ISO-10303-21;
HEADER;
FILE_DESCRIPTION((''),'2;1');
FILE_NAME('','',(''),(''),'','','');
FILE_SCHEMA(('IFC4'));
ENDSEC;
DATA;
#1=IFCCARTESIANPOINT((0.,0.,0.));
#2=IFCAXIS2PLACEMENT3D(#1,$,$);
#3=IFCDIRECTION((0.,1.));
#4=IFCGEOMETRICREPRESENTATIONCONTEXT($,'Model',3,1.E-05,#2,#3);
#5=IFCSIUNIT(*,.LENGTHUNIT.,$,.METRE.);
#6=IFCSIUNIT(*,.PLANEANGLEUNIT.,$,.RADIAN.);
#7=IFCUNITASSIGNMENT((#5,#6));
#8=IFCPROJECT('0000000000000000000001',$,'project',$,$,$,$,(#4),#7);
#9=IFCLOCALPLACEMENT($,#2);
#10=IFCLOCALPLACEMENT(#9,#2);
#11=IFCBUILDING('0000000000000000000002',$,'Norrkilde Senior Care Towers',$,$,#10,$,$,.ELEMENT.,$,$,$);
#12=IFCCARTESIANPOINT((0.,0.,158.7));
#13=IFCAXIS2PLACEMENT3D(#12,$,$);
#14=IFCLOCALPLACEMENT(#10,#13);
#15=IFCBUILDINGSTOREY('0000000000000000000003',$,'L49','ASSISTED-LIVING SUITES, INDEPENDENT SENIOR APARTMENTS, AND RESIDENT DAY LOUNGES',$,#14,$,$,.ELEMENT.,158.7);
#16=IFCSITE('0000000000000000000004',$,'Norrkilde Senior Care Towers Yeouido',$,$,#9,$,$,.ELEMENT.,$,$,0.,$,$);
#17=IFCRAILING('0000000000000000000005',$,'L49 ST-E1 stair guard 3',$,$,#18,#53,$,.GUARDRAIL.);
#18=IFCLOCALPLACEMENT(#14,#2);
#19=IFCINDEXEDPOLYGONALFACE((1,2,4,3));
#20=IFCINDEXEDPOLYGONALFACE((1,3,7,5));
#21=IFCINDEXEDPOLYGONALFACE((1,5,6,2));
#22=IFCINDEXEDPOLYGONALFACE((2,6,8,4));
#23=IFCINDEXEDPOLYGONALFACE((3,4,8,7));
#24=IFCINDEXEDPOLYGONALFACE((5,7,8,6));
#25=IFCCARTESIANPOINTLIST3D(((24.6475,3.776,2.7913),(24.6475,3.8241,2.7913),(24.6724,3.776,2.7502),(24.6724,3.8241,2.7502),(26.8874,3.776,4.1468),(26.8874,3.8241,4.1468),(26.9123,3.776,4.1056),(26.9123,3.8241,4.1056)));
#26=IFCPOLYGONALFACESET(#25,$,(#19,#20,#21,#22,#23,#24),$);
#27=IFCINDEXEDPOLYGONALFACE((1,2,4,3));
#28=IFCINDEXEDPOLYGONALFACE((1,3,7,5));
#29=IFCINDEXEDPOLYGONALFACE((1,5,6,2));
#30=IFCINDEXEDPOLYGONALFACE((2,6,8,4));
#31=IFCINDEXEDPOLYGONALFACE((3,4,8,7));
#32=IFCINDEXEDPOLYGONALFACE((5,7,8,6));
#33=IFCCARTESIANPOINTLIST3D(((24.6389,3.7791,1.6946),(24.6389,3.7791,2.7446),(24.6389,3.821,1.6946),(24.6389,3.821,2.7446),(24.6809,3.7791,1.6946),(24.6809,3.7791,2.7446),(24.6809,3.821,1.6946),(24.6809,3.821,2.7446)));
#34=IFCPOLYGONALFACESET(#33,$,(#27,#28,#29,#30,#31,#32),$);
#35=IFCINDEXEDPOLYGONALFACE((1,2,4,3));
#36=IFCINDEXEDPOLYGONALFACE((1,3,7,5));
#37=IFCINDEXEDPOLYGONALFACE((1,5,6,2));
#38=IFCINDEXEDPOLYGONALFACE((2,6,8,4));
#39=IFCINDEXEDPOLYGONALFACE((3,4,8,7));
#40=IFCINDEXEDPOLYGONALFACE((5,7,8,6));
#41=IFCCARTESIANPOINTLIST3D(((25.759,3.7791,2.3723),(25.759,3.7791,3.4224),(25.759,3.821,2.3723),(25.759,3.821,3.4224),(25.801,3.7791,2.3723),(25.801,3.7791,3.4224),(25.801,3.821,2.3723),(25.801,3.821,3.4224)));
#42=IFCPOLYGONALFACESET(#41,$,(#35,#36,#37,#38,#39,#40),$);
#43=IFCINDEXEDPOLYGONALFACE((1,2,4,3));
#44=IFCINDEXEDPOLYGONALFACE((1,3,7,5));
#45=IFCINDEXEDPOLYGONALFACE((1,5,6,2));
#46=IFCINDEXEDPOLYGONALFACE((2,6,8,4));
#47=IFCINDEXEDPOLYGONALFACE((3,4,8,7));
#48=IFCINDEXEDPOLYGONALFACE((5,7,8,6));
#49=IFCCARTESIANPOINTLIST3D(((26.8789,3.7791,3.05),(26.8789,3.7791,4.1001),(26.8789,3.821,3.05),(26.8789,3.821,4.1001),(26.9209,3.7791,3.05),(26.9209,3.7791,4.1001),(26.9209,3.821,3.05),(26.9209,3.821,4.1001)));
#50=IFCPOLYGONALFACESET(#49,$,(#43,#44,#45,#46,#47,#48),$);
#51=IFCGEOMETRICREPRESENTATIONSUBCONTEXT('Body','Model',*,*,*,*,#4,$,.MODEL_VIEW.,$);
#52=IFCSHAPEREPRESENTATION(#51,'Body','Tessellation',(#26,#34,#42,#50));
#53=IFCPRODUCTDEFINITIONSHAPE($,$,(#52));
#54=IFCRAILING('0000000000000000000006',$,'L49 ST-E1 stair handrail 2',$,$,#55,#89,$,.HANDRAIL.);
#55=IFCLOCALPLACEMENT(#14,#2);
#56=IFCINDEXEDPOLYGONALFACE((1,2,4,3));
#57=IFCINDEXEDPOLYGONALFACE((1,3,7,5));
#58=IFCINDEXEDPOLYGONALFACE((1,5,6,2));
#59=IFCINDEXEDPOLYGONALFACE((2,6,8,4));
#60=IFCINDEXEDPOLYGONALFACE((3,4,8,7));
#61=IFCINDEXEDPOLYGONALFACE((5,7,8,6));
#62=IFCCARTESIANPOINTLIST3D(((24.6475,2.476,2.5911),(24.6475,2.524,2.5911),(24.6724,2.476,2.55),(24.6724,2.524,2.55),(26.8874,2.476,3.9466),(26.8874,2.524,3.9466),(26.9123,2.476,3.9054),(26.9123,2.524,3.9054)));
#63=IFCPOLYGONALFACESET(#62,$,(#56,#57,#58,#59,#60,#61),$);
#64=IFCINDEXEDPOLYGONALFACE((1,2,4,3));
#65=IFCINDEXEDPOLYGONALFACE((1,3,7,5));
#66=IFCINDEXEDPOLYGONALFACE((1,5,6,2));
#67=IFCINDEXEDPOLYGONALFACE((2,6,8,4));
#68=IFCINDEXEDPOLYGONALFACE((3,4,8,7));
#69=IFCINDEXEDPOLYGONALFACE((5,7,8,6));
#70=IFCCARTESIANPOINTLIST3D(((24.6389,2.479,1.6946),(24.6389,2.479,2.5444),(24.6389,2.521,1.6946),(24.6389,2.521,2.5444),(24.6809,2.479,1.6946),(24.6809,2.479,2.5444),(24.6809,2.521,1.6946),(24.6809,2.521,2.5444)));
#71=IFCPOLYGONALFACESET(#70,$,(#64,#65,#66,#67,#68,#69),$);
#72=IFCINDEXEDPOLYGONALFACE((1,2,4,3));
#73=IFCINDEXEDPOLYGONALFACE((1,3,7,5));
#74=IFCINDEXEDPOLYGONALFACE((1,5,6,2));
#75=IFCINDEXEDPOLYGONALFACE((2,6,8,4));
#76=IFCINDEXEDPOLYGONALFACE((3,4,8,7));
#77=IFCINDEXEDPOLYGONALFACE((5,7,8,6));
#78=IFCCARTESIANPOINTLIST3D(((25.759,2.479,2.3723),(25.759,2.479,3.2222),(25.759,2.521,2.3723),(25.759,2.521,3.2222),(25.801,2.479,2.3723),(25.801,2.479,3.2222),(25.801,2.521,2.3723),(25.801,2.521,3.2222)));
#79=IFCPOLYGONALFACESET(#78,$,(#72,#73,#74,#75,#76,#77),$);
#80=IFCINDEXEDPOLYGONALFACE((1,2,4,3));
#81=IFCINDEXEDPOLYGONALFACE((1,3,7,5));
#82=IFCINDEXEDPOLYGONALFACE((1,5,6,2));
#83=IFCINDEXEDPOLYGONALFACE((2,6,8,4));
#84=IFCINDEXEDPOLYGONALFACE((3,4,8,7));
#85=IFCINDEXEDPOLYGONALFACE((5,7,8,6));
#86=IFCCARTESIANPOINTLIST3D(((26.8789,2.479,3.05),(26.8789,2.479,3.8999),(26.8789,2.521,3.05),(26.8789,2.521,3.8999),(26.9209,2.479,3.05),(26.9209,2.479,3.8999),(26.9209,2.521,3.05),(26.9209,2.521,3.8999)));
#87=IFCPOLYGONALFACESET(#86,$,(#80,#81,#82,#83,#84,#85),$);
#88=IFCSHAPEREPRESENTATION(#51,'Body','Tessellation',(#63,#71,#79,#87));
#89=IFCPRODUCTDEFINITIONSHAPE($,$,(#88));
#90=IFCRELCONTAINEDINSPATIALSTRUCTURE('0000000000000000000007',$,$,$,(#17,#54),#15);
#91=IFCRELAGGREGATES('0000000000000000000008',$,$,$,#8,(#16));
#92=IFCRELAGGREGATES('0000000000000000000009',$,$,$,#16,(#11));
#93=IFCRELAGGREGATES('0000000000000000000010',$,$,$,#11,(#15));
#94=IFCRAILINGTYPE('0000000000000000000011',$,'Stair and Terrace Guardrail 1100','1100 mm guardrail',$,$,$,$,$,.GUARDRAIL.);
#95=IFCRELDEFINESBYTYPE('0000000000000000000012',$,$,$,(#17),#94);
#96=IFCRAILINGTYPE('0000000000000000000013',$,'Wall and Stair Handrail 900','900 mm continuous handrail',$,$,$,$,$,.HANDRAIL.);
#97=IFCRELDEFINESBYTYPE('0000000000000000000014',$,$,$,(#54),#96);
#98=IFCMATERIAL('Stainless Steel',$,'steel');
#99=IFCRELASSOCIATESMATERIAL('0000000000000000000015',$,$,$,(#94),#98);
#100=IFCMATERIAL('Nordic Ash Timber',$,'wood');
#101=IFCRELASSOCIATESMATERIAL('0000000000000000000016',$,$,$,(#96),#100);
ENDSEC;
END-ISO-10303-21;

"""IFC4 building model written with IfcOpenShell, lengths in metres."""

from ifc_helpers import new_model, si_unit, direction, frame, origin, origin_2d, place, context, subcontext, project, spatial, rectangle, extrude, material, type_object, element, save


model = new_model("IFC4")

# Units and contexts
model_context = context("Model", 3, precision=1e-05, world=origin(), true_north=direction((0.0, 1.0)))
body_context = subcontext(model_context, "Body", "Model", "MODEL_VIEW")
ifc_project = project(units=[si_unit("LENGTHUNIT", "METRE"), si_unit("PLANEANGLEUNIT", "RADIAN")], contexts=[model_context])

# Site, building, storey
site_placement = place(None, origin())
site = spatial("IfcSite", under=ifc_project, at=site_placement, Name="Norrkilde Senior Care Towers Yeouido", CompositionType="ELEMENT", RefElevation=0.0)
building_placement = place(site_placement, origin())
building = spatial("IfcBuilding", under=site, at=building_placement, Name="Norrkilde Senior Care Towers", CompositionType="ELEMENT")
storey_placement = place(building_placement, frame((0.0, 0.0, 158.7)))
storey = spatial("IfcBuildingStorey", under=building, at=storey_placement, Name="L49", Description="ASSISTED-LIVING SUITES, INDEPENDENT SENIOR APARTMENTS, AND RESIDENT DAY LOUNGES", CompositionType="ELEMENT", Elevation=158.7)

# Shared definitions
ifc_material_1 = material(Name="Nordic Ash Timber", Category="wood")

# Railings
ifc_material_2 = material(Name="Stainless Steel", Category="steel")
railing_type_1 = type_object("IfcRailingType", Name="Stair and Terrace Guardrail 1100", Description="1100 mm guardrail", PredefinedType="GUARDRAIL", material=ifc_material_2)
railing_1_placement = place(storey_placement, frame((24.6599, 3.8, 1.6946)))
element("IfcRailing", 1, at=railing_1_placement, inside=storey, type_object=railing_type_1, Name="L49 ST-E1 stair guard 3", PredefinedType="GUARDRAIL", context=body_context, shape_type="SweptSolid", body=[
    extrude(rectangle(XDim=0.0481, YDim=0.0481, at=origin_2d()), frame((0.0, 0.0, 1.0762), z_axis=(0.855553, 0.0, 0.517715), x_axis=(0.0, 1.0, 0.0)), (0.0, 0.0, 1.0), 2.6182),
    extrude(rectangle(XDim=0.042, YDim=0.042, at=origin_2d()), origin(), (0.0, 0.0, 1.0), 1.05),
    extrude(rectangle(XDim=0.042, YDim=0.042, at=origin_2d()), frame((1.1201, 0.0, 0.6777)), (0.0, 0.0, 1.0), 1.05),
    extrude(rectangle(XDim=0.042, YDim=0.042, at=origin_2d()), frame((2.24, 0.0, 1.3555)), (0.0, 0.0, 1.0), 1.05),
])
railing_type_2 = type_object("IfcRailingType", Name="Wall and Stair Handrail 900", Description="900 mm continuous handrail", PredefinedType="HANDRAIL", material=ifc_material_1)
railing_2_placement = place(storey_placement, frame((24.6599, 2.5, 1.6946)))
element("IfcRailing", 2, at=railing_2_placement, inside=storey, type_object=railing_type_2, Name="L49 ST-E1 stair handrail 2", PredefinedType="HANDRAIL", context=body_context, shape_type="SweptSolid", body=[
    extrude(rectangle(XDim=0.0481, YDim=0.0481, at=origin_2d()), frame((0.0, 0.0, 0.876), z_axis=(0.855553, 0.0, 0.517715), x_axis=(0.0, 1.0, 0.0)), (0.0, 0.0, 1.0), 2.6182),
    extrude(rectangle(XDim=0.042, YDim=0.042, at=origin_2d()), origin(), (0.0, 0.0, 1.0), 0.8499),
    extrude(rectangle(XDim=0.042, YDim=0.042, at=origin_2d()), frame((1.1201, 0.0, 0.6777)), (0.0, 0.0, 1.0), 0.8499),
    extrude(rectangle(XDim=0.042, YDim=0.042, at=origin_2d()), frame((2.24, 0.0, 1.3555)), (0.0, 0.0, 1.0), 0.8499),
])

save(model, "model.ifc")
